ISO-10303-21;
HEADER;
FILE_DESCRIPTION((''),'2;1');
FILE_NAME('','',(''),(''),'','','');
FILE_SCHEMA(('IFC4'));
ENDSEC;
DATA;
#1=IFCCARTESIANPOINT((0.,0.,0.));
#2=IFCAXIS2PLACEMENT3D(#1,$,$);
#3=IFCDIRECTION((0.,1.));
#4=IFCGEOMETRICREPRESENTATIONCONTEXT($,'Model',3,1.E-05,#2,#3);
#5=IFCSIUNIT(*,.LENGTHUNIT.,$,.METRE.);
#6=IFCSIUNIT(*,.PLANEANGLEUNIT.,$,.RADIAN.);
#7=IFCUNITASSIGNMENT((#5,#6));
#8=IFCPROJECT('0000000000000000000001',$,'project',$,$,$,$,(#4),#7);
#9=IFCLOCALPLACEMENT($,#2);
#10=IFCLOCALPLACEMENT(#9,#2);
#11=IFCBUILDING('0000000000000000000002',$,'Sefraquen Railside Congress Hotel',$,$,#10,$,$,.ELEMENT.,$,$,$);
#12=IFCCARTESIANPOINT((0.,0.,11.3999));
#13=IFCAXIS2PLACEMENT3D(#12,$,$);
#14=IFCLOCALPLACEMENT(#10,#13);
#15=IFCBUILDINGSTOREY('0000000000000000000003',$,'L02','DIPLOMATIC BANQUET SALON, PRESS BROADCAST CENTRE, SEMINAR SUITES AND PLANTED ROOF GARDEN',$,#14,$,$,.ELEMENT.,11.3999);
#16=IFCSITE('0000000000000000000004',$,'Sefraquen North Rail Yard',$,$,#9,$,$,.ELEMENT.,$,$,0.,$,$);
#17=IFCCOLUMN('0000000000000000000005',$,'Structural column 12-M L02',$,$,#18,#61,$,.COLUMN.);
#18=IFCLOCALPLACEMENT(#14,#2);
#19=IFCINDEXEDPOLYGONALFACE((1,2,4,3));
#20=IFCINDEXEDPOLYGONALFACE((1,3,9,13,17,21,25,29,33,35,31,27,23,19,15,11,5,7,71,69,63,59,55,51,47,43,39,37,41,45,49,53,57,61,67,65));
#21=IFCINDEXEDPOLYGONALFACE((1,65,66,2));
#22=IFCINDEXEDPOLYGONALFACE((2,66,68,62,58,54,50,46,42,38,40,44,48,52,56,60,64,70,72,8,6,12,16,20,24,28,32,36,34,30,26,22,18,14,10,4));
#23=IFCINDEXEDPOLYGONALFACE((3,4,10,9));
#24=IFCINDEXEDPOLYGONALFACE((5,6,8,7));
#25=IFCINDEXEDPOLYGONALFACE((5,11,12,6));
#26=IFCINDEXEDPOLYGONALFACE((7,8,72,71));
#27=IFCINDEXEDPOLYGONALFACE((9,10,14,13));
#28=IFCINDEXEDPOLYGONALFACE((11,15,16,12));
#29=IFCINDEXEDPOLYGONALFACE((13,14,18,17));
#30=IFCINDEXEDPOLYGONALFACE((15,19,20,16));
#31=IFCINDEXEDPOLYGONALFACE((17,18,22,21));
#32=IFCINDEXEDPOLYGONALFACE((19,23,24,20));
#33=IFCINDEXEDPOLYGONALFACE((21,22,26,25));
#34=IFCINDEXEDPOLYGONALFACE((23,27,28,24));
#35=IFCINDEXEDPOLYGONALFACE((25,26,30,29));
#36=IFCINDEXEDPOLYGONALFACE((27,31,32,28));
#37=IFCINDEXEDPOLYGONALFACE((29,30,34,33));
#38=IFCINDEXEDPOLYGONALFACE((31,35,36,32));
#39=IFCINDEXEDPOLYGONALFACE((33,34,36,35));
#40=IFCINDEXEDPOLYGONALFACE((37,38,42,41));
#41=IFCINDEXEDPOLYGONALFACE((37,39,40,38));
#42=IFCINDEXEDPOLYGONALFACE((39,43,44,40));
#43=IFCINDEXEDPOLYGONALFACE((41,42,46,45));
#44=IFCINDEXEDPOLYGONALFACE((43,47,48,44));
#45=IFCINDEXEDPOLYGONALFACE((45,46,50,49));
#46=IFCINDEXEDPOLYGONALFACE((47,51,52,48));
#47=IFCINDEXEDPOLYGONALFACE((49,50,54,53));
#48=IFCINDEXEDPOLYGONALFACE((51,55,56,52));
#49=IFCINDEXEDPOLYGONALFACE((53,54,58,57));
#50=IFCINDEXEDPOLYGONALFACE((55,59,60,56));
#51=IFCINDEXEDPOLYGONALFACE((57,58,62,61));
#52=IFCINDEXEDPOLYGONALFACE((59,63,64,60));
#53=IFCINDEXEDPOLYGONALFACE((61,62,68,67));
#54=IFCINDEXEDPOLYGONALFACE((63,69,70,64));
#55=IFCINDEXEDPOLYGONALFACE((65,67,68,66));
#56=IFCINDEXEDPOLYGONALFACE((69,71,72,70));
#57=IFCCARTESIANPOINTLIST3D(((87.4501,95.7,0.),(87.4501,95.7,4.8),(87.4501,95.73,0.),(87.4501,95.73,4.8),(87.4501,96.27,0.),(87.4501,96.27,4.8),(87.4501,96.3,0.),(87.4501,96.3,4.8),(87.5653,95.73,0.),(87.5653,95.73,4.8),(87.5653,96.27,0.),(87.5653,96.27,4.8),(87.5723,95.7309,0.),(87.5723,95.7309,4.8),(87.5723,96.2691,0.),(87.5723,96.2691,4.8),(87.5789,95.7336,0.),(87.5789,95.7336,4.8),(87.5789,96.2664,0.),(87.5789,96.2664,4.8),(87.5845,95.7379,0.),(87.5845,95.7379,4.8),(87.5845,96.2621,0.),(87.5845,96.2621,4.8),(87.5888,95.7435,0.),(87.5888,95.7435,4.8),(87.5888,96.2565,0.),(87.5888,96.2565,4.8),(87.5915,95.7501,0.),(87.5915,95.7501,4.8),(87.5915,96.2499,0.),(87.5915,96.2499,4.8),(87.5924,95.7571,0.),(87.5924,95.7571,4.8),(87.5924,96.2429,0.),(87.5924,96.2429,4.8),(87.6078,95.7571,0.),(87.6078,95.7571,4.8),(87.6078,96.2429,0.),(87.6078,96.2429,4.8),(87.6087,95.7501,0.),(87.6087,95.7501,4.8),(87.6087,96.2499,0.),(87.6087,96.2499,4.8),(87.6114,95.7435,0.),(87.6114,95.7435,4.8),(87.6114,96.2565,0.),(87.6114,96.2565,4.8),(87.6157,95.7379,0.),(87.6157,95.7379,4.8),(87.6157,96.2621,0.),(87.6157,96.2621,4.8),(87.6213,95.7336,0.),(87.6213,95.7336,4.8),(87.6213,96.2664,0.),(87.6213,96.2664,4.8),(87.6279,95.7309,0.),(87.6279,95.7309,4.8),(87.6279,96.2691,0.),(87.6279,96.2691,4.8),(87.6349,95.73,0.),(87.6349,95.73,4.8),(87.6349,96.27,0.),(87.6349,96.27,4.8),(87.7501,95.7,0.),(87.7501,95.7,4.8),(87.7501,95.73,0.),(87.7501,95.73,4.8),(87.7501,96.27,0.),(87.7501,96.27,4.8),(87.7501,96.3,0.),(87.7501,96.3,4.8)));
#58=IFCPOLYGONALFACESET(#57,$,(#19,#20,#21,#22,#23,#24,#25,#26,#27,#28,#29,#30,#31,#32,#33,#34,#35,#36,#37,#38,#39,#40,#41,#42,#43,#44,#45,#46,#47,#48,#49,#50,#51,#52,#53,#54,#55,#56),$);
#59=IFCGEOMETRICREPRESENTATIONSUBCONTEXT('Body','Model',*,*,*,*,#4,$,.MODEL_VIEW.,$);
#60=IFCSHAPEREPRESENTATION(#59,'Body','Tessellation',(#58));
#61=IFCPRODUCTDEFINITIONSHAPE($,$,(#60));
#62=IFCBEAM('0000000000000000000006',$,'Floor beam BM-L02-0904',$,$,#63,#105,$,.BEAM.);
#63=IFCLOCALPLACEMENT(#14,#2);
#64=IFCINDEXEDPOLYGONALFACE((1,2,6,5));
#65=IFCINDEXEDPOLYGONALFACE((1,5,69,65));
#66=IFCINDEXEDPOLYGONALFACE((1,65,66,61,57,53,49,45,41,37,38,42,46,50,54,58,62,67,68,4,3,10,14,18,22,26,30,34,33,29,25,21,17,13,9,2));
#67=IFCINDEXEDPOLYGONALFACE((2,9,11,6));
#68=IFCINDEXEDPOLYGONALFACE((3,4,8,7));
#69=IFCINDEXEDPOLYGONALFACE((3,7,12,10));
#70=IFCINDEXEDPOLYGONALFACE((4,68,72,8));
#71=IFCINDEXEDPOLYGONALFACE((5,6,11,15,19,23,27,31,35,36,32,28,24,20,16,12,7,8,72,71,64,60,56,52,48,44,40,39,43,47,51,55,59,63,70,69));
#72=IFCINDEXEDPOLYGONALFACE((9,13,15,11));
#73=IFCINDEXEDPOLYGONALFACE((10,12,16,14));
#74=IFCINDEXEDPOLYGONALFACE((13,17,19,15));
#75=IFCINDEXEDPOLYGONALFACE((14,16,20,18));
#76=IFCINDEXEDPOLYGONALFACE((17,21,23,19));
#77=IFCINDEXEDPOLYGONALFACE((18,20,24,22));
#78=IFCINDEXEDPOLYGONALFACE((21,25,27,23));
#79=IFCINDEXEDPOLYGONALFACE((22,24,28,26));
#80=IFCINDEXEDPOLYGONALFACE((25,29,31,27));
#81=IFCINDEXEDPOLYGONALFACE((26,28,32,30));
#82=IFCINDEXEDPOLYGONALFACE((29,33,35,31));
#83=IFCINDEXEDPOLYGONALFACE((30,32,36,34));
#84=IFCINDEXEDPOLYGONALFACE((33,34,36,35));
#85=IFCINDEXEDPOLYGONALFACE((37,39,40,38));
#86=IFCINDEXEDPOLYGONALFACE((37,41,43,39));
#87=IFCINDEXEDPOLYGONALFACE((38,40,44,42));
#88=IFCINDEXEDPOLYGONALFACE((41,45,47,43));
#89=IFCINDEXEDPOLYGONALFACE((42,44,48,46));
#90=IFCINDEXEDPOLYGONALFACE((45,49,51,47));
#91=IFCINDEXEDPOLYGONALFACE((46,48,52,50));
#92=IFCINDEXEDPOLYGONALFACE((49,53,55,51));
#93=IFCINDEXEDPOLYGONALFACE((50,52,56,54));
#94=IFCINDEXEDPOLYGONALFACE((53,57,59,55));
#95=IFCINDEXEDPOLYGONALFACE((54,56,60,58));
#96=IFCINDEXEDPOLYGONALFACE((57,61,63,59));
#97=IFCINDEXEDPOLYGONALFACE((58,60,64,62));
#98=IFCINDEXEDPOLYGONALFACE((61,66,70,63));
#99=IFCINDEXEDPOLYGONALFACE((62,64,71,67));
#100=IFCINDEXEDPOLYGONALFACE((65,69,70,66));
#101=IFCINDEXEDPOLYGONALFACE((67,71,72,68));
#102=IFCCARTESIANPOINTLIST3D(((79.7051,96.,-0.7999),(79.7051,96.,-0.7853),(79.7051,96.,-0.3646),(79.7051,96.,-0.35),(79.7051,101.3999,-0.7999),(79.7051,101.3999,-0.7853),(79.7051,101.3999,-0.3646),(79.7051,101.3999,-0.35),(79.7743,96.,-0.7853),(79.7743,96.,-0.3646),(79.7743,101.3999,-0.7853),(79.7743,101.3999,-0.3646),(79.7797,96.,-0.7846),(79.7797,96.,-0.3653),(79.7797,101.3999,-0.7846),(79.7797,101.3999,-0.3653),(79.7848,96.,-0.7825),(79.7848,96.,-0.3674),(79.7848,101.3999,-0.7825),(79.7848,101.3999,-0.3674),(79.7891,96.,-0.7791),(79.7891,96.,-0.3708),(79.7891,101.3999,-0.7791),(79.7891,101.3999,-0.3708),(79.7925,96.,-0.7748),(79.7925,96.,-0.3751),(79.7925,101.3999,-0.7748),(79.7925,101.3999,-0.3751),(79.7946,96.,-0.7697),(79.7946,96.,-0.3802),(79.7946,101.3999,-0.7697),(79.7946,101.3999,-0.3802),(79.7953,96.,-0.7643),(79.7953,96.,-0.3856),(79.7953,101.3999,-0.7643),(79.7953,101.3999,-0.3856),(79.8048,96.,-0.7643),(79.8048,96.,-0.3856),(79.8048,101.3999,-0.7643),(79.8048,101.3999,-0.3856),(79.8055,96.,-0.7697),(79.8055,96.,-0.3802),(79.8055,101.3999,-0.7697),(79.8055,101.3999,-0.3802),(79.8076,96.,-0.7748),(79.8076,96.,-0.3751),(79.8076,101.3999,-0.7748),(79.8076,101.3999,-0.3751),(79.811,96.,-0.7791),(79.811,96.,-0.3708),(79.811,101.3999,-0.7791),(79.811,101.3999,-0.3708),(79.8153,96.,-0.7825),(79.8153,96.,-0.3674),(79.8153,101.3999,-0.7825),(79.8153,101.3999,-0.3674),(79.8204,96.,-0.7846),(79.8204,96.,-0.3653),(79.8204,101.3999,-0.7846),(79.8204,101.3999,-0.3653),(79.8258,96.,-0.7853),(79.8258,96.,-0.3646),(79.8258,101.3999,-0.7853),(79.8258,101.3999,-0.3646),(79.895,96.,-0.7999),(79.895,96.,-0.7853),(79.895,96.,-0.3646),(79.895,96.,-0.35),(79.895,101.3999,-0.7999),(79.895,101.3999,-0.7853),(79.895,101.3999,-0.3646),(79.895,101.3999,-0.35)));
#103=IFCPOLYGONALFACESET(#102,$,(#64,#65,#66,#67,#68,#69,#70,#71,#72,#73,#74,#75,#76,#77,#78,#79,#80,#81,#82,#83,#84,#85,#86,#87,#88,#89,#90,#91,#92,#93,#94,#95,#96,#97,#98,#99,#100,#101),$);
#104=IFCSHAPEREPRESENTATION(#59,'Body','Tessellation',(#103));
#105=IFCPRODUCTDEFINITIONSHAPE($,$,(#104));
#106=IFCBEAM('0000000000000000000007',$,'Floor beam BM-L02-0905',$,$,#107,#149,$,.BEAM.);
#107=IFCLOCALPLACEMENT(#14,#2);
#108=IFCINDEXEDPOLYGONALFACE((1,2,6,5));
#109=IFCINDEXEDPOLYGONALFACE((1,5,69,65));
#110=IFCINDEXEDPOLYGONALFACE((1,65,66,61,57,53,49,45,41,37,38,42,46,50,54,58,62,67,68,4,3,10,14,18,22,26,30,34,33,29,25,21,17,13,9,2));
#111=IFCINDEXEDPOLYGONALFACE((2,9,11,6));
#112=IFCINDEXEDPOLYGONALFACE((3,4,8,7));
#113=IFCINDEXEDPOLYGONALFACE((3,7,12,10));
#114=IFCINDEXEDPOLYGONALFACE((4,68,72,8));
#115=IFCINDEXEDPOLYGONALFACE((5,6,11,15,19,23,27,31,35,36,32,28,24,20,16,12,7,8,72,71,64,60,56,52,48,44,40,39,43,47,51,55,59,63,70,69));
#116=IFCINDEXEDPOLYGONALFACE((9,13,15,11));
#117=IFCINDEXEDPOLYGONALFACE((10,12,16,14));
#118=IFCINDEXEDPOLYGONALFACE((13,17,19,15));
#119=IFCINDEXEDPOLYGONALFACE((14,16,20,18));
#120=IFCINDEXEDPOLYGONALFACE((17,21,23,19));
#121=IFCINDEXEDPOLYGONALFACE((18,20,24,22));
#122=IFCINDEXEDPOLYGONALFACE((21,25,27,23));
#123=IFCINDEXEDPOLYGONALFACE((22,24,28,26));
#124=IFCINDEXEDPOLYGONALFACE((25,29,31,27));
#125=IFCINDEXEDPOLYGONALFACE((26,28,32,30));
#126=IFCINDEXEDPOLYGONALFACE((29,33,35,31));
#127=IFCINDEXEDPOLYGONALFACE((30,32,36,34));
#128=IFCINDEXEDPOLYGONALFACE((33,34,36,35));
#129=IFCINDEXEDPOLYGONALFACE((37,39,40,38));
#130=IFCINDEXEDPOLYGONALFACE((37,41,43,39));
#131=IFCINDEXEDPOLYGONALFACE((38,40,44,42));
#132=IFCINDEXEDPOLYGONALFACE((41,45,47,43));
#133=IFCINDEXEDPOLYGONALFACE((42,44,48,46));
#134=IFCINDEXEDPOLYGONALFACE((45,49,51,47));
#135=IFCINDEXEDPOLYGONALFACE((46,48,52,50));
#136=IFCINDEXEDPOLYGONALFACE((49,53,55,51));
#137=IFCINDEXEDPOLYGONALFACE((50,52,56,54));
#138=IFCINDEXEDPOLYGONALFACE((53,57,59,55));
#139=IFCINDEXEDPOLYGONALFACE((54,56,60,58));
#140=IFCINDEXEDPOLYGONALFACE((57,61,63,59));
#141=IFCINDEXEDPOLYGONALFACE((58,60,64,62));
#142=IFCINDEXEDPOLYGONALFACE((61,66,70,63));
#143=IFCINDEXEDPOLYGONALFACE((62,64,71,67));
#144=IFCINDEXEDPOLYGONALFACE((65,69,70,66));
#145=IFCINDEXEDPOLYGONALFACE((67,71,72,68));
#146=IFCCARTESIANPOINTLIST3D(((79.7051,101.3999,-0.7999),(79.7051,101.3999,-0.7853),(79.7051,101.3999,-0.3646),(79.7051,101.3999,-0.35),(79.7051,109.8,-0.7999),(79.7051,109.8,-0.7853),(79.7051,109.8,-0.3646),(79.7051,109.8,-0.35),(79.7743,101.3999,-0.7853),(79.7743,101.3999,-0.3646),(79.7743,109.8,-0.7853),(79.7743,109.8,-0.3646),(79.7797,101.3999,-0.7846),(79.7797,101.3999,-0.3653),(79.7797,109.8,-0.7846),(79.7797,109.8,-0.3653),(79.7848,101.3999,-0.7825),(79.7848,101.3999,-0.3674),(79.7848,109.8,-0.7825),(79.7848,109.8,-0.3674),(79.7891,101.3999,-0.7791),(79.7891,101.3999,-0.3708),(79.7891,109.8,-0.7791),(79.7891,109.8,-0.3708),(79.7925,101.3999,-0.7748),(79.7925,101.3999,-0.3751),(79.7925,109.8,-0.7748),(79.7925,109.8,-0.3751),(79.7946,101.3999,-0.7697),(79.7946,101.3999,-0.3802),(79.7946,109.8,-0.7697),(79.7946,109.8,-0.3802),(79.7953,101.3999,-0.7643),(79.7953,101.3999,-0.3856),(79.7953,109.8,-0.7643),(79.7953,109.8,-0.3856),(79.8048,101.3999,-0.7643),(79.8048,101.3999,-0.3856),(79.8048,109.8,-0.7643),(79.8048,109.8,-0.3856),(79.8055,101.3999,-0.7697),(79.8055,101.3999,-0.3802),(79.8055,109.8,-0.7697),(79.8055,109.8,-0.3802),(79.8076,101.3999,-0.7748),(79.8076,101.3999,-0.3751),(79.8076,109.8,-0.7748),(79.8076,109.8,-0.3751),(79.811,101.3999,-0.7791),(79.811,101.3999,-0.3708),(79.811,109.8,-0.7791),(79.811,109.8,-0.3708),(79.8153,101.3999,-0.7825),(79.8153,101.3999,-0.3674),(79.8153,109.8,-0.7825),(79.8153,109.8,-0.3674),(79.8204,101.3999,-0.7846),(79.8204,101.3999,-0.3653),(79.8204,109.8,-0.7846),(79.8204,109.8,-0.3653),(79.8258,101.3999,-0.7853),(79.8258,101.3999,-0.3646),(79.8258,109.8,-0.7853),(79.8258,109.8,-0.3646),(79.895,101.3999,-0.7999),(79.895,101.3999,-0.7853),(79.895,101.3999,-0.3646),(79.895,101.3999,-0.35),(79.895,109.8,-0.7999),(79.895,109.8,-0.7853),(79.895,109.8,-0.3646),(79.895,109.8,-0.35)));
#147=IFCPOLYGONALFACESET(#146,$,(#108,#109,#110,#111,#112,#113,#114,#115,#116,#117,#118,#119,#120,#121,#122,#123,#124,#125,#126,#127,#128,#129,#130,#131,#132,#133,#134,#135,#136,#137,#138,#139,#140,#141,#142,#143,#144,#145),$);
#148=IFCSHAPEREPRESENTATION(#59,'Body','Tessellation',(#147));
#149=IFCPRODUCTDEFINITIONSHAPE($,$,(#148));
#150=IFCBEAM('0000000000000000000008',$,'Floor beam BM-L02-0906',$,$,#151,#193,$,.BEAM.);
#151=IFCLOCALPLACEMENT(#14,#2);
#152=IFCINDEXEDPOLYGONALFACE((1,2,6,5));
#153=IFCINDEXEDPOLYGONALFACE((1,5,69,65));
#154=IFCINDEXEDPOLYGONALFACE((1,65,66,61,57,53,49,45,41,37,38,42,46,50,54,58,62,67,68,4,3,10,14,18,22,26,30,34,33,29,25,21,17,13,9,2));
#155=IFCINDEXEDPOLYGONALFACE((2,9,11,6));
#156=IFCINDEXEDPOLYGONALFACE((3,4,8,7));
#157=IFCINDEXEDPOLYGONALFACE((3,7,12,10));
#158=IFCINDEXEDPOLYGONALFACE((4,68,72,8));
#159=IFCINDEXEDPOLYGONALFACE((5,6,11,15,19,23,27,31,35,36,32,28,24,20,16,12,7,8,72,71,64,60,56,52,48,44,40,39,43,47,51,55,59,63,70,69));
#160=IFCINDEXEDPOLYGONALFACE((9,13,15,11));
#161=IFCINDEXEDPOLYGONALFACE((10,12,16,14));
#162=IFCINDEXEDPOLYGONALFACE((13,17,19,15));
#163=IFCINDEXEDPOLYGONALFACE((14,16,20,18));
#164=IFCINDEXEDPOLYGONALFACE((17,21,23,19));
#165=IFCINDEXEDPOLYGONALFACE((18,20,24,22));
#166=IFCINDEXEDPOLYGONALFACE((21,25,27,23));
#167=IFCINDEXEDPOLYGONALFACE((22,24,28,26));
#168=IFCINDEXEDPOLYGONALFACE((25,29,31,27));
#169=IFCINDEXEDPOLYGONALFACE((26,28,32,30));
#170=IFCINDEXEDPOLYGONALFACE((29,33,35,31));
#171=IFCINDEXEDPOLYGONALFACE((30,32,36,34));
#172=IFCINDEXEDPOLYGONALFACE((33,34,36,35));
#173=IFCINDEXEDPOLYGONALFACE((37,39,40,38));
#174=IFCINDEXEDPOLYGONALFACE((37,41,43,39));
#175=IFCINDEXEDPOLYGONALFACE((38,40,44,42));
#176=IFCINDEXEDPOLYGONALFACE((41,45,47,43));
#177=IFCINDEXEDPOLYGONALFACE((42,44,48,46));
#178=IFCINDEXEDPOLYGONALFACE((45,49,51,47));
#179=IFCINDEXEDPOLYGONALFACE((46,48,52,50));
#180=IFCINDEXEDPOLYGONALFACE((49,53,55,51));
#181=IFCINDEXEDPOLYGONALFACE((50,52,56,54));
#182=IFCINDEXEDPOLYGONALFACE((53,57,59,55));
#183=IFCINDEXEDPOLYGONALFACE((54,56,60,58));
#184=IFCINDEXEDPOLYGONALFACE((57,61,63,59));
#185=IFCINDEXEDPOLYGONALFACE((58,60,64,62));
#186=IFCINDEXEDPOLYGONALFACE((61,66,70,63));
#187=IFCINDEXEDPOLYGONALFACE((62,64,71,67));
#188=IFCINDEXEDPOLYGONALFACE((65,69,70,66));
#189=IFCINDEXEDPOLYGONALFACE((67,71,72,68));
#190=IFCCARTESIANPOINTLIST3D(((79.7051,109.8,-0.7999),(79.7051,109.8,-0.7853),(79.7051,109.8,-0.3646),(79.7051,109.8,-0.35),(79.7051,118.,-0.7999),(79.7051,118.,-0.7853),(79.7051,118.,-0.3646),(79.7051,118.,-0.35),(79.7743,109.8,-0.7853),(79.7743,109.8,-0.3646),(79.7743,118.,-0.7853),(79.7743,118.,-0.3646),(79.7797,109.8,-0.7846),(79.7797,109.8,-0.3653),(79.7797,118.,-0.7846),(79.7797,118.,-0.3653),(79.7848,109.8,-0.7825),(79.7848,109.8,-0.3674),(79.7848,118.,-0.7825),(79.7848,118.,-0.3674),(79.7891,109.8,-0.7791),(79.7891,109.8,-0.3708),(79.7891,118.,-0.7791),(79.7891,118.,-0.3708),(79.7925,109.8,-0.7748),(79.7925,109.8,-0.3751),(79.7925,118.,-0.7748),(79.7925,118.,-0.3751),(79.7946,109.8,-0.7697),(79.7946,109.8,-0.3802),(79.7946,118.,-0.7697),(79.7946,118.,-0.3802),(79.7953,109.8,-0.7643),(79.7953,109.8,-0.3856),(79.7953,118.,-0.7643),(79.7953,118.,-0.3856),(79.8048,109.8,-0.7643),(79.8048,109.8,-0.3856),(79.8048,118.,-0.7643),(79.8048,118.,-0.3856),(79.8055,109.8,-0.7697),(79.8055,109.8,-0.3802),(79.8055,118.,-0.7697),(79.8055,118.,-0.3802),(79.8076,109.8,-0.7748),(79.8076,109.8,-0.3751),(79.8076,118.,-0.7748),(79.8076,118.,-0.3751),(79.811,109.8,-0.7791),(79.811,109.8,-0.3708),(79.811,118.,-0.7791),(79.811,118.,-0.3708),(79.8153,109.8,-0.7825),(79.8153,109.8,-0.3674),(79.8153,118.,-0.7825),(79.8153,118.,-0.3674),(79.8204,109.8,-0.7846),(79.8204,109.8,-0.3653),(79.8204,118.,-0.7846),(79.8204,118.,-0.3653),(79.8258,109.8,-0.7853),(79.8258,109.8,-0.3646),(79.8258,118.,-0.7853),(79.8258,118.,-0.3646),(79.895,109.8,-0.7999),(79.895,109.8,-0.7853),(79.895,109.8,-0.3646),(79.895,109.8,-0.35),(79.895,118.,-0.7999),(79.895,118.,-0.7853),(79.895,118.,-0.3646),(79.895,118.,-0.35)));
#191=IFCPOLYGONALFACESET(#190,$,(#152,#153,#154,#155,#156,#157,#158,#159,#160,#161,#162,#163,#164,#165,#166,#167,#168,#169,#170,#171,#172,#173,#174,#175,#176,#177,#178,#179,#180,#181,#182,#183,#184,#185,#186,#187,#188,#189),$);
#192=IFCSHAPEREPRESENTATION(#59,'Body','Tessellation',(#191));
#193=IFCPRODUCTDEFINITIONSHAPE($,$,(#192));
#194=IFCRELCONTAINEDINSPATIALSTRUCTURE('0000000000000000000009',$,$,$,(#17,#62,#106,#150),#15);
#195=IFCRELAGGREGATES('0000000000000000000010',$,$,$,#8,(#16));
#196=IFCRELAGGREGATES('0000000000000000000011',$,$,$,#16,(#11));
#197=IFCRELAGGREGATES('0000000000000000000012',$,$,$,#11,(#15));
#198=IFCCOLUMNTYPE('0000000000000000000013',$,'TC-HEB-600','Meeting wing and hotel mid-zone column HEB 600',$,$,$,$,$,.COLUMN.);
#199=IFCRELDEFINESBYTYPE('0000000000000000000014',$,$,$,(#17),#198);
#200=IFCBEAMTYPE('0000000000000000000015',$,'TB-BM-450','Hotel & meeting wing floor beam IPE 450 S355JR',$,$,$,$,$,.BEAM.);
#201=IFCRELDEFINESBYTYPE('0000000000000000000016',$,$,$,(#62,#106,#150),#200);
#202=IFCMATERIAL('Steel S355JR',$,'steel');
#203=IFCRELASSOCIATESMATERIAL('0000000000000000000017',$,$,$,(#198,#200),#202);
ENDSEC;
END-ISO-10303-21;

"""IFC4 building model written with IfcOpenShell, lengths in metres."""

from ifc_helpers import new_model, si_unit, direction, frame, origin, origin_2d, place, context, subcontext, project, spatial, i_section, extrude, material, material_profile, profile_set, type_object, element, save


model = new_model("IFC4")

# Units and contexts
model_context = context("Model", 3, precision=1e-05, world=origin(), true_north=direction((0.0, 1.0)))
body_context = subcontext(model_context, "Body", "Model", "MODEL_VIEW")
ifc_project = project(units=[si_unit("LENGTHUNIT", "METRE"), si_unit("PLANEANGLEUNIT", "RADIAN")], contexts=[model_context])

# Site, building, storey
site_placement = place(None, origin())
site = spatial("IfcSite", under=ifc_project, at=site_placement, Name="Sefraquen North Rail Yard", CompositionType="ELEMENT", RefElevation=0.0)
building_placement = place(site_placement, origin())
building = spatial("IfcBuilding", under=site, at=building_placement, Name="Sefraquen Railside Congress Hotel", CompositionType="ELEMENT")
storey_placement = place(building_placement, frame((0.0, 0.0, 11.3999)))
storey = spatial("IfcBuildingStorey", under=building, at=storey_placement, Name="L02", Description="DIPLOMATIC BANQUET SALON, PRESS BROADCAST CENTRE, SEMINAR SUITES AND PLANTED ROOF GARDEN", CompositionType="ELEMENT", Elevation=11.3999)

# Column
ifc_material_1 = material(Name="Steel S355JR", Category="steel")
ifc_material_profile_1 = material_profile(ifc_material_1, i_section(OverallWidth=0.3, OverallDepth=0.6001, WebThickness=0.0154, FlangeThickness=0.03, FilletRadius=0.0271, at=origin_2d()), Name="HEB 600")
ifc_profile_set_1 = profile_set([ifc_material_profile_1], Name="Steel S355JR")
column_type_1 = type_object("IfcColumnType", Name="TC-HEB-600", Description="Meeting wing and hotel mid-zone column HEB 600", PredefinedType="COLUMN", material=ifc_profile_set_1)
for number, where, z_axis, x_axis, name in (
    (1, (87.6001, 96.0, 0.0), (0.0, 0.0, 1.0), (1.0, 0.0, 0.0), "Structural column 12-M L02"),
):
    element("IfcColumn", number, at=place(storey_placement, frame(where, z_axis=z_axis, x_axis=x_axis)), inside=storey, type_object=column_type_1, Name=name, PredefinedType="COLUMN", context=body_context, shape_type="SweptSolid", body=[
        extrude(i_section(OverallWidth=0.3, OverallDepth=0.6001, WebThickness=0.0154, FlangeThickness=0.03, FilletRadius=0.0271, at=origin_2d()), origin(), (0.0, 0.0, 1.0), 4.8),
    ])

# Beams
ifc_material_profile_2 = material_profile(ifc_material_1, i_section(OverallWidth=0.1899, OverallDepth=0.45, WebThickness=0.0095, FlangeThickness=0.0146, FilletRadius=0.021, at=origin_2d()), Name="IPE 450")
ifc_profile_set_2 = profile_set([ifc_material_profile_2], Name="Steel S355JR")
beam_type_1 = type_object("IfcBeamType", Name="TB-BM-450", Description="Hotel & meeting wing floor beam IPE 450 S355JR", PredefinedType="BEAM", material=ifc_profile_set_2)
beam_1_placement = place(storey_placement, frame((79.8, 96.0, -0.575), z_axis=(0.0, 1.0, 0.0), x_axis=(-1.0, 0.0, 0.0)))
element("IfcBeam", 2, at=beam_1_placement, inside=storey, type_object=beam_type_1, Name="Floor beam BM-L02-0904", PredefinedType="BEAM", context=body_context, shape_type="SweptSolid", body=[
    extrude(i_section(OverallWidth=0.1899, OverallDepth=0.45, WebThickness=0.0095, FlangeThickness=0.0146, FilletRadius=0.021, at=origin_2d()), origin(), (0.0, 0.0, 1.0), 5.3999),
])
beam_2_placement = place(storey_placement, frame((79.8, 101.3999, -0.575), z_axis=(0.0, 1.0, 0.0), x_axis=(-1.0, 0.0, 0.0)))
element("IfcBeam", 3, at=beam_2_placement, inside=storey, type_object=beam_type_1, Name="Floor beam BM-L02-0905", PredefinedType="BEAM", context=body_context, shape_type="SweptSolid", body=[
    extrude(i_section(OverallWidth=0.1899, OverallDepth=0.45, WebThickness=0.0095, FlangeThickness=0.0146, FilletRadius=0.021, at=origin_2d()), origin(), (0.0, 0.0, 1.0), 8.4001),
])
beam_3_placement = place(storey_placement, frame((79.8, 109.8, -0.575), z_axis=(0.0, 1.0, 0.0), x_axis=(-1.0, 0.0, 0.0)))
element("IfcBeam", 4, at=beam_3_placement, inside=storey, type_object=beam_type_1, Name="Floor beam BM-L02-0906", PredefinedType="BEAM", context=body_context, shape_type="SweptSolid", body=[
    extrude(i_section(OverallWidth=0.1899, OverallDepth=0.45, WebThickness=0.0095, FlangeThickness=0.0146, FilletRadius=0.021, at=origin_2d()), origin(), (0.0, 0.0, 1.0), 8.2),
])

save(model, "model.ifc")
